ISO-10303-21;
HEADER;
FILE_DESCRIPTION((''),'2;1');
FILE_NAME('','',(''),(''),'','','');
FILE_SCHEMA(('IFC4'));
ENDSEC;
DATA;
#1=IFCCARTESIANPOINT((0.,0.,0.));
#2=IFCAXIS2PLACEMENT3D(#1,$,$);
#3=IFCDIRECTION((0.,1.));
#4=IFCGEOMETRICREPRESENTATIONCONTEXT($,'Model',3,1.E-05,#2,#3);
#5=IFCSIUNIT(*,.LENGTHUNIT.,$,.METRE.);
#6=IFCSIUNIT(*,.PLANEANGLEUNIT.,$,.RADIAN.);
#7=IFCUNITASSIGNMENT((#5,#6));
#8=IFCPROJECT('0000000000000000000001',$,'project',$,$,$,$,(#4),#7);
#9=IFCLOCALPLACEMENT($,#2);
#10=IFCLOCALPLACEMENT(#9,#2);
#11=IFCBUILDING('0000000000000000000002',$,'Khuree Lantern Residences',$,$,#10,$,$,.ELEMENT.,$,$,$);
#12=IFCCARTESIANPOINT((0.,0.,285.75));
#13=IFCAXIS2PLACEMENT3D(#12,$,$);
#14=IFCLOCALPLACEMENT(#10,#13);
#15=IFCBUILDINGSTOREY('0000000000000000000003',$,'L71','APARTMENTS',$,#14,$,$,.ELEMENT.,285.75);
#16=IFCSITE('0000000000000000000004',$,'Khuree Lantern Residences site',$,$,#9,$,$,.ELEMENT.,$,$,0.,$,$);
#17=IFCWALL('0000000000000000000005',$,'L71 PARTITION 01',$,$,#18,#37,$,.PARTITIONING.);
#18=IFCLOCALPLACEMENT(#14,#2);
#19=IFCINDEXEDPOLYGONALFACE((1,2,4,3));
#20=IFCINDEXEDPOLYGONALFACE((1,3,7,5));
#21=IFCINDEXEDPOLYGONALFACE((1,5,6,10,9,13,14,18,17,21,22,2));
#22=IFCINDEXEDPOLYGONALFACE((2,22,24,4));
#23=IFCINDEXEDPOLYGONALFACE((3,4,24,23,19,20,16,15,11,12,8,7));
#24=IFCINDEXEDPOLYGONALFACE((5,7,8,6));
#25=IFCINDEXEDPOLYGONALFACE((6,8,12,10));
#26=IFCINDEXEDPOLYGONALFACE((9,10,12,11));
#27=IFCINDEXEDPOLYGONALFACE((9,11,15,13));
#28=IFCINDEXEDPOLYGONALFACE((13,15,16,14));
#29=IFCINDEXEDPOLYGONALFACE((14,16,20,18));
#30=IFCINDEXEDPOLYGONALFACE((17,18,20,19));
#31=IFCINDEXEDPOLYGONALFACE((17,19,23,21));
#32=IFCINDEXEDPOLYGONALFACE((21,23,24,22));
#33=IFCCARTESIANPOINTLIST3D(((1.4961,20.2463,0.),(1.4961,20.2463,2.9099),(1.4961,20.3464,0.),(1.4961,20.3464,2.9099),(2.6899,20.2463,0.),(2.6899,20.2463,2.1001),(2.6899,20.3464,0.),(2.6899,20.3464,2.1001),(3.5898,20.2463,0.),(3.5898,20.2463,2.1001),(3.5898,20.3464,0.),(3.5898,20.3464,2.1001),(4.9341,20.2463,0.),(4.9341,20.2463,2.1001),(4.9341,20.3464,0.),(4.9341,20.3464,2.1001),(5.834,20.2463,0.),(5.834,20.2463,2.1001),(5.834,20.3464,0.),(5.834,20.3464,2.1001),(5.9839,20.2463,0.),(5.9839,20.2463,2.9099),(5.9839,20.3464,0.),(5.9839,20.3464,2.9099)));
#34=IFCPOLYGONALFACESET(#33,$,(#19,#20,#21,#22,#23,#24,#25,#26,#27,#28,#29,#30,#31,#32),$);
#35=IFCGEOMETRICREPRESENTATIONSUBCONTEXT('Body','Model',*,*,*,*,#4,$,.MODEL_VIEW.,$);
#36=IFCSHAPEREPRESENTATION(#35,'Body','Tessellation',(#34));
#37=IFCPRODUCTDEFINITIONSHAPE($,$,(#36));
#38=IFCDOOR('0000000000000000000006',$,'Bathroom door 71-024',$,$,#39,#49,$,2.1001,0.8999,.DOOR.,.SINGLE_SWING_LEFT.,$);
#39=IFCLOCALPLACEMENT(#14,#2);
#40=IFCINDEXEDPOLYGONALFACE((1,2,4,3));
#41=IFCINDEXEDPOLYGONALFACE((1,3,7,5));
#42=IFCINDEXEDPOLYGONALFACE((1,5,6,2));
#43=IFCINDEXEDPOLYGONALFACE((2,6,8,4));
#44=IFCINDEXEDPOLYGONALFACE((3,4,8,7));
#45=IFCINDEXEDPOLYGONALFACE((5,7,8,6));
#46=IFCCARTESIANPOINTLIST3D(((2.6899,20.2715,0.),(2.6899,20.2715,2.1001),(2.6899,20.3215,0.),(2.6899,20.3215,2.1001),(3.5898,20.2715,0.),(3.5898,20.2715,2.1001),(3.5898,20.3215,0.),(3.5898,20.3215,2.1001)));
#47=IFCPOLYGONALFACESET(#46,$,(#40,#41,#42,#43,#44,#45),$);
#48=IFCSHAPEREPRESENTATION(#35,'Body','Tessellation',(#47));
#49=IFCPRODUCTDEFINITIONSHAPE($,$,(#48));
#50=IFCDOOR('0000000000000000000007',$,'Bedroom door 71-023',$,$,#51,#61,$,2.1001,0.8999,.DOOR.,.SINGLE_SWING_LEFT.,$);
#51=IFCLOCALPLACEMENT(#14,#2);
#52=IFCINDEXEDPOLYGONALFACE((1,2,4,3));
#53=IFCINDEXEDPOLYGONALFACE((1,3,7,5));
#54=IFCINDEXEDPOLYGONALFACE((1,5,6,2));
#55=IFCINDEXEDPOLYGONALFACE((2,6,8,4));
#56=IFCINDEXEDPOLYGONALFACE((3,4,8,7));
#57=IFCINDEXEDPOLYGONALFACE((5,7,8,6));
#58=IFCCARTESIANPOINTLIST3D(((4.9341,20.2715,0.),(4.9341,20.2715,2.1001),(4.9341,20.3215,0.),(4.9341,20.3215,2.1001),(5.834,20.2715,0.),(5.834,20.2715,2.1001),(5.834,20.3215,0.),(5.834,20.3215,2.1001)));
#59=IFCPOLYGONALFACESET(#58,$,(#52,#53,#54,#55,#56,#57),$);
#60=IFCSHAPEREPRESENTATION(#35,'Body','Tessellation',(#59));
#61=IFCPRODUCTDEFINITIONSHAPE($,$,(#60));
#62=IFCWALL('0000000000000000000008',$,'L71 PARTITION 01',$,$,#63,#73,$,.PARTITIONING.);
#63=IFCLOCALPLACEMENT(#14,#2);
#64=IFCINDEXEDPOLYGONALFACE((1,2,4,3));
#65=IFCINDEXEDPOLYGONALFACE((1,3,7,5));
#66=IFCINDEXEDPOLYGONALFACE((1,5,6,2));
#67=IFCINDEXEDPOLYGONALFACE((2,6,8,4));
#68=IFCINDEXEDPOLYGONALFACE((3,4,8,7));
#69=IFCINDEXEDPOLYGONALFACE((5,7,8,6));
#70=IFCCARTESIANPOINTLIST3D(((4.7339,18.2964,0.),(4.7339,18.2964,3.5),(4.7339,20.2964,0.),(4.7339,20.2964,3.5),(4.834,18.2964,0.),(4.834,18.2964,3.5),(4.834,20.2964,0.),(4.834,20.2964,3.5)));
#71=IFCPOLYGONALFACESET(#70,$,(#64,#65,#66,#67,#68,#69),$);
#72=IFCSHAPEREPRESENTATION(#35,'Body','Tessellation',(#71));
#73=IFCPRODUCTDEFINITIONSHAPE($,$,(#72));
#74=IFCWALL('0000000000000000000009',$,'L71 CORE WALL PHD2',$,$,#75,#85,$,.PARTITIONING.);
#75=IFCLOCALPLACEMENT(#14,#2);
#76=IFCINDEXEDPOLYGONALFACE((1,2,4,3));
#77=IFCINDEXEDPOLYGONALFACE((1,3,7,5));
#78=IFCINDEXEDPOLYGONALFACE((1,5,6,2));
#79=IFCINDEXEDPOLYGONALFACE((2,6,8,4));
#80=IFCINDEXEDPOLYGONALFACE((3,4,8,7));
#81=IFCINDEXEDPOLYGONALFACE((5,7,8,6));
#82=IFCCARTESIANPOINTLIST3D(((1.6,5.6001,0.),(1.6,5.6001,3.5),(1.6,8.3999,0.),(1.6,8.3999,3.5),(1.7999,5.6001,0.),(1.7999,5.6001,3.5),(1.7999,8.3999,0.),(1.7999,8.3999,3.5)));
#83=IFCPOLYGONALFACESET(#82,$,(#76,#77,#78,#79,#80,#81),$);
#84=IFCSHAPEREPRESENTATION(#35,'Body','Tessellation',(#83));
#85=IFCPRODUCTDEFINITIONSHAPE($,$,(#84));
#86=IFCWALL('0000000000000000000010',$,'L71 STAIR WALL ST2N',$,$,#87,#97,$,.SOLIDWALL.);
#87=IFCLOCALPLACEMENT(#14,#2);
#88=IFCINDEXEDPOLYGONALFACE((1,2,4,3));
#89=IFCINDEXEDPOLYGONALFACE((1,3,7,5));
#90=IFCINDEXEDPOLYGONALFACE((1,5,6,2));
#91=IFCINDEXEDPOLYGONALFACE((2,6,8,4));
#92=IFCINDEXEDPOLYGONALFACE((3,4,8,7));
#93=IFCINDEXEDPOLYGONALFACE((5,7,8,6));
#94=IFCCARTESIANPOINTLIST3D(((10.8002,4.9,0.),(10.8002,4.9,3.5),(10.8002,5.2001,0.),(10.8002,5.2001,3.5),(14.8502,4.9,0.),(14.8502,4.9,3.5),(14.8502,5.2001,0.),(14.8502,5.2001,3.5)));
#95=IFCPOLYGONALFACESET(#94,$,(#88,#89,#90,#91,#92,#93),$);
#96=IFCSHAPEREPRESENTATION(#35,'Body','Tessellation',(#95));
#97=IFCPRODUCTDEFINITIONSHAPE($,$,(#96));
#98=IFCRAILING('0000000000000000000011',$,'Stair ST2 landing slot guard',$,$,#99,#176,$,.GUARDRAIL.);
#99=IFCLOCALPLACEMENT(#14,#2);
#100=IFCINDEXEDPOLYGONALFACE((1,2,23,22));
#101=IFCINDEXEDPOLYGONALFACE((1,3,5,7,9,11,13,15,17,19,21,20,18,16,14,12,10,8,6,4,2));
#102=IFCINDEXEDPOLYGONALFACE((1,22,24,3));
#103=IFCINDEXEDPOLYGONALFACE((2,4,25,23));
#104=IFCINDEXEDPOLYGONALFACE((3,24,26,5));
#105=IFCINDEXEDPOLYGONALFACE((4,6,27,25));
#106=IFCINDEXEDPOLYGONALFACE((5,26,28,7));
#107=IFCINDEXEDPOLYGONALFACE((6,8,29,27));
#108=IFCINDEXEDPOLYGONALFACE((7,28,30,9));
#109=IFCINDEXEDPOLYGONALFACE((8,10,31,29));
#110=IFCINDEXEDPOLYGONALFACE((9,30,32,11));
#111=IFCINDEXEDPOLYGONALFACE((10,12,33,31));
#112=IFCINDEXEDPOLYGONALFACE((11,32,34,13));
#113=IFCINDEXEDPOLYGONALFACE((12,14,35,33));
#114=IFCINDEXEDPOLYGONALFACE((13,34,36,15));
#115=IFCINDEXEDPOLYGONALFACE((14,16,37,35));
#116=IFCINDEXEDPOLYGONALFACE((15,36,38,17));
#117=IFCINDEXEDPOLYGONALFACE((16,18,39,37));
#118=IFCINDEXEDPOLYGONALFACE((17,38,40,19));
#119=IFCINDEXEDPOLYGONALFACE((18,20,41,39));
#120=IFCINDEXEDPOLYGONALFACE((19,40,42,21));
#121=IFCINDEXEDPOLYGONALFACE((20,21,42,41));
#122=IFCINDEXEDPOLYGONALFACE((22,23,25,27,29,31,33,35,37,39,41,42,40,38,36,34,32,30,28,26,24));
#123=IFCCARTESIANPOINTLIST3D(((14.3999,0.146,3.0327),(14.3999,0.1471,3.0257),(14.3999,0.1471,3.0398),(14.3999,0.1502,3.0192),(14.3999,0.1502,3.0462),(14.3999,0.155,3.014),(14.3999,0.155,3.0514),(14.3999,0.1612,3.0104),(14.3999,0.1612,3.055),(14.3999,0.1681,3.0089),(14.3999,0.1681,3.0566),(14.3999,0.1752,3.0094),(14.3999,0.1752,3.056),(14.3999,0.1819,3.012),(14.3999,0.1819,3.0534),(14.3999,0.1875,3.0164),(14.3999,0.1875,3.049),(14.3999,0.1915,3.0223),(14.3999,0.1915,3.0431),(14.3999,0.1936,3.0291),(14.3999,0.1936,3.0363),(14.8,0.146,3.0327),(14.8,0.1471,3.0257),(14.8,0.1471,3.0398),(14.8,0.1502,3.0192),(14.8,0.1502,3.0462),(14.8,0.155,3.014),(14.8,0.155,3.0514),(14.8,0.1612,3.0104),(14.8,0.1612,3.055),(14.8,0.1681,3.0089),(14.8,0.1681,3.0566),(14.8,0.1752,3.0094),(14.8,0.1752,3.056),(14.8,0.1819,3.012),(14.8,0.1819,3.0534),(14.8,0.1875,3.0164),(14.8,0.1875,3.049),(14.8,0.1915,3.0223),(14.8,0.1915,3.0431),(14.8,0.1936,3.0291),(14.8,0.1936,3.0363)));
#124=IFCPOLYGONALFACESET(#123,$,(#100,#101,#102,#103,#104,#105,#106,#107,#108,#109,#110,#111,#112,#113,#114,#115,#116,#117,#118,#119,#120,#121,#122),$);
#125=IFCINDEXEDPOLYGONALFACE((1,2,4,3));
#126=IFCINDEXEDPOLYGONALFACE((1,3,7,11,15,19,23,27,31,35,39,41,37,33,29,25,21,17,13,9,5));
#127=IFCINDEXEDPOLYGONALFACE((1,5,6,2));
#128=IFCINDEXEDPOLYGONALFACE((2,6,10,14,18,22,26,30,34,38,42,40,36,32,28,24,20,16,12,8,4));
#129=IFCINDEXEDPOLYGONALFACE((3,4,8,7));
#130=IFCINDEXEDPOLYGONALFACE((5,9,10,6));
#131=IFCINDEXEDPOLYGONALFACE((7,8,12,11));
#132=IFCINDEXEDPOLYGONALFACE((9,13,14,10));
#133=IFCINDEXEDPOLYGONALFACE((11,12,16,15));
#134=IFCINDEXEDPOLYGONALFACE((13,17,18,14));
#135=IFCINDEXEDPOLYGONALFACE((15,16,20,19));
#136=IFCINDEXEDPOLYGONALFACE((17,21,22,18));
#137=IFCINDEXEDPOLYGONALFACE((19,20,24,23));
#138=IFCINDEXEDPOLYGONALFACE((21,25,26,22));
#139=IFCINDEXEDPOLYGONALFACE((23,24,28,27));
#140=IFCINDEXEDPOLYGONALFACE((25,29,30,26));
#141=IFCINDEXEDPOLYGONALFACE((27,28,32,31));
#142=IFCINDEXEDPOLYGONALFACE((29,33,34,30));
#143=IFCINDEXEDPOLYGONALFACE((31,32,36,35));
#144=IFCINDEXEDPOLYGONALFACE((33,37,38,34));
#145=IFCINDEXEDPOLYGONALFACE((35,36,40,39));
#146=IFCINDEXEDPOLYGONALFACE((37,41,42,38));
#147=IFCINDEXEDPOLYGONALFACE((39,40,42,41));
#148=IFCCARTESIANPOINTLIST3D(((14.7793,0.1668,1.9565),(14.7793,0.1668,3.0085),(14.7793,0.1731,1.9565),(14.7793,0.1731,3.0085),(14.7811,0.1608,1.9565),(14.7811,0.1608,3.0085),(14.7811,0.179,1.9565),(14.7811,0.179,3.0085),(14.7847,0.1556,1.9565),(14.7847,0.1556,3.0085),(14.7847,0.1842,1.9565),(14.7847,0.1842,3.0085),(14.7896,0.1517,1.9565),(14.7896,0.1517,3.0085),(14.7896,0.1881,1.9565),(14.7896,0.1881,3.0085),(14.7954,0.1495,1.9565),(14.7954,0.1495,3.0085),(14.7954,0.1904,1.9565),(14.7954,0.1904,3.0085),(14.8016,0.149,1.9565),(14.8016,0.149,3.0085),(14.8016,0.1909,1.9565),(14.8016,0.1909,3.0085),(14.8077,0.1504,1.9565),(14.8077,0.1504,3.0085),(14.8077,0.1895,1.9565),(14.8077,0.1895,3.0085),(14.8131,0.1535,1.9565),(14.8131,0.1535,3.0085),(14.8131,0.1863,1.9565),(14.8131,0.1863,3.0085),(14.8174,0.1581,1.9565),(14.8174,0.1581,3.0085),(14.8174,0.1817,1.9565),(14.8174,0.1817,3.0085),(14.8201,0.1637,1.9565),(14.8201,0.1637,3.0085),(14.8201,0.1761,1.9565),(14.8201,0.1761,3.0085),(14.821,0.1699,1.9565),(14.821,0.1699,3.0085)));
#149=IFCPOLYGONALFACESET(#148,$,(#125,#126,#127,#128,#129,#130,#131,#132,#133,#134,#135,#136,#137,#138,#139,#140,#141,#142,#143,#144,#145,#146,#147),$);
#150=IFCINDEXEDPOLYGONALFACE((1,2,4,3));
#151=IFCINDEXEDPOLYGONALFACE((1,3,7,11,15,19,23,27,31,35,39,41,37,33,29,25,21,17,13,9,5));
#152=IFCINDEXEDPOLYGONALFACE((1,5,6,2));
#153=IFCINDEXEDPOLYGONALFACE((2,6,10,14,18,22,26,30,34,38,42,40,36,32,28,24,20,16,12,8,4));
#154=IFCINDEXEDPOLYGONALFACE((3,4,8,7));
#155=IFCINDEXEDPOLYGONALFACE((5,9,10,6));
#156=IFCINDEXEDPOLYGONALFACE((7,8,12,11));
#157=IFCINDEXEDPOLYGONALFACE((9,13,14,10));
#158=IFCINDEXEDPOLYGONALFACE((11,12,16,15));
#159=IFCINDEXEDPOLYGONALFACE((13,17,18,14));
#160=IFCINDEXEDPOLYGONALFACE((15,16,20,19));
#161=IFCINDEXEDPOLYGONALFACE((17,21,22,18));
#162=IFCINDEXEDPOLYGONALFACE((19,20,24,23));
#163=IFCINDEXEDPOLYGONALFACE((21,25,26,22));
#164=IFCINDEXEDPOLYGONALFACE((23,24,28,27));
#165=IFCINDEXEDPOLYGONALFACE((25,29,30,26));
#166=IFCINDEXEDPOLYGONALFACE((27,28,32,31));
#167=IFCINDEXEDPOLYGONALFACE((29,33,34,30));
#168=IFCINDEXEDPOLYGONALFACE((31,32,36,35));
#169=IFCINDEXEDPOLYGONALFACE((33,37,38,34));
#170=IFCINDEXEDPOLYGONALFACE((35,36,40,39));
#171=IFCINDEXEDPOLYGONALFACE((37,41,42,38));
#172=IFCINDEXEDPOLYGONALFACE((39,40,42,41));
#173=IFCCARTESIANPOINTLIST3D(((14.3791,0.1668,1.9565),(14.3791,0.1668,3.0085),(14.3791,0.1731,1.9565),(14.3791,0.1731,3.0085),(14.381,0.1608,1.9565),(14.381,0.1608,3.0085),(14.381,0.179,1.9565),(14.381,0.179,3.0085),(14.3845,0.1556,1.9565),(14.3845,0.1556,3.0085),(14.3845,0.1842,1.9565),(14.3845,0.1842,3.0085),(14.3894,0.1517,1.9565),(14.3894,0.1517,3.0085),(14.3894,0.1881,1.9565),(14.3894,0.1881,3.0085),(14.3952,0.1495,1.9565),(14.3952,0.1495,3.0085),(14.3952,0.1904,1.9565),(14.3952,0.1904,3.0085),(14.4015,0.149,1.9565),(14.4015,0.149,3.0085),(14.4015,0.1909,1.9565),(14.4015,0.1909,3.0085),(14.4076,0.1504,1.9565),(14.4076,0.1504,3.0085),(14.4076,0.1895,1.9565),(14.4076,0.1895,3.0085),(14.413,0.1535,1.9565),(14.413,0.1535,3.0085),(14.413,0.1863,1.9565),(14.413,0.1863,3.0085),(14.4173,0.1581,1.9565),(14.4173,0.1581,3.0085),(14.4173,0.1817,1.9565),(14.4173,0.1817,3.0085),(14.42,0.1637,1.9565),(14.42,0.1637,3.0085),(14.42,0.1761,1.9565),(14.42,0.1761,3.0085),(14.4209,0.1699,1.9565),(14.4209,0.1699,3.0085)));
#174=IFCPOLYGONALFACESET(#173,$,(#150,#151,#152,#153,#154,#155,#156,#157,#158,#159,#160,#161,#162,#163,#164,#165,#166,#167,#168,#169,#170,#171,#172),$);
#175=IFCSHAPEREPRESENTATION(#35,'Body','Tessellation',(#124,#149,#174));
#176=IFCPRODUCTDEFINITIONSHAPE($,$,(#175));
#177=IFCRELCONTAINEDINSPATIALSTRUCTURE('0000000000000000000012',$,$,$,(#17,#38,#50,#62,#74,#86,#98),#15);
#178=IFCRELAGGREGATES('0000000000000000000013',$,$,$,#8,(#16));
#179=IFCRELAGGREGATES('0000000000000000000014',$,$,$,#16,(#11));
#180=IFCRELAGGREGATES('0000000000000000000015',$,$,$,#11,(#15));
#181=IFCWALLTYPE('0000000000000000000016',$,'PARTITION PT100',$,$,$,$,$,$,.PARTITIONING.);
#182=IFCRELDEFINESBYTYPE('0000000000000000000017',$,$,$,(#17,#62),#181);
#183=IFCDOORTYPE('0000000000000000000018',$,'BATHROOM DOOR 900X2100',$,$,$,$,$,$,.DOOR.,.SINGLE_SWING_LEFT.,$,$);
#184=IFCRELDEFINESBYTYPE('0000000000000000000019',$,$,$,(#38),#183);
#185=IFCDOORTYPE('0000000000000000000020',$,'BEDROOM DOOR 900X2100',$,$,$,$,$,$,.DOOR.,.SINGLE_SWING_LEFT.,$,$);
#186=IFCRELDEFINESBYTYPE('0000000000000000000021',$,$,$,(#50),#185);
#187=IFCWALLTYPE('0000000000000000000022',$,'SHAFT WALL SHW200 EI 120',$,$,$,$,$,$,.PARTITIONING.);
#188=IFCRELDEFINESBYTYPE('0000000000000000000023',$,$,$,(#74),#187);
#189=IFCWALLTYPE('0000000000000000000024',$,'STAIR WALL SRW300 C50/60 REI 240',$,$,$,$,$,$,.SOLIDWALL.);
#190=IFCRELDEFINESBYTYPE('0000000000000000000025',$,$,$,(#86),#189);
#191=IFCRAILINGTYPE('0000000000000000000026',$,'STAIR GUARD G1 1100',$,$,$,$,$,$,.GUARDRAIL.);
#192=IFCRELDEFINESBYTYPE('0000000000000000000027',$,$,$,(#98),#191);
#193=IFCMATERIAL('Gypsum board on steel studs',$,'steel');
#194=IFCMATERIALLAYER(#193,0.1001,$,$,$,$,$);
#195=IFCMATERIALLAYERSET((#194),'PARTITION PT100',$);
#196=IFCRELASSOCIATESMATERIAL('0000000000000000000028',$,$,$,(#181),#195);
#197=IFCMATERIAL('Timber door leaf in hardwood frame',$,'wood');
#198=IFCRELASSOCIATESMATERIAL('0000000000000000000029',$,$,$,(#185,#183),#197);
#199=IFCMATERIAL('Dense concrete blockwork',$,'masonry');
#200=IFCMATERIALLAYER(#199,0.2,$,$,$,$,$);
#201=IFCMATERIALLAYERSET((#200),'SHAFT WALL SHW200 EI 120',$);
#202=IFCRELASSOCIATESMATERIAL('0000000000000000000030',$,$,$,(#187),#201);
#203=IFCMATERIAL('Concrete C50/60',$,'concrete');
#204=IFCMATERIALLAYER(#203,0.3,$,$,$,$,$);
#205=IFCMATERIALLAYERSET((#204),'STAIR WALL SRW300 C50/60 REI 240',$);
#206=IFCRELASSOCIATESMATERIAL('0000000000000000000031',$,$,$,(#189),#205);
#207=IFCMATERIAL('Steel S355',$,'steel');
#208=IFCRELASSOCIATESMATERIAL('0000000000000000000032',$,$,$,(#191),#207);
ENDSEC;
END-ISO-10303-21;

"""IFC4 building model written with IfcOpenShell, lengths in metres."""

from ifc_helpers import new_model, si_unit, direction, frame, frame_2d, origin, origin_2d, place, context, subcontext, project, spatial, rectangle, circle, extrude, material, layer, layer_set, type_object, element, fill, save


model = new_model("IFC4")

# Units and contexts
model_context = context("Model", 3, precision=1e-05, world=origin(), true_north=direction((0.0, 1.0)))
body_context = subcontext(model_context, "Body", "Model", "MODEL_VIEW")
ifc_project = project(units=[si_unit("LENGTHUNIT", "METRE"), si_unit("PLANEANGLEUNIT", "RADIAN")], contexts=[model_context])

# Site, building, storey
site_placement = place(None, origin())
site = spatial("IfcSite", under=ifc_project, at=site_placement, Name="Khuree Lantern Residences site", CompositionType="ELEMENT", RefElevation=0.0)
building_placement = place(site_placement, origin())
building = spatial("IfcBuilding", under=site, at=building_placement, Name="Khuree Lantern Residences", CompositionType="ELEMENT")
storey_placement = place(building_placement, frame((0.0, 0.0, 285.75)))
storey = spatial("IfcBuildingStorey", under=building, at=storey_placement, Name="L71", Description="APARTMENTS", CompositionType="ELEMENT", Elevation=285.75)

# Shared definitions
ifc_material_1 = material(Name="Concrete C50/60", Category="concrete")

# Shared definitions
ifc_material_2 = material(Name="Steel S355", Category="steel")

# Shared definitions
ifc_material_3 = material(Name="Dense concrete blockwork", Category="masonry")

# Shared definitions
ifc_material_4 = material(Name="Timber door leaf in hardwood frame", Category="wood")

# Shared definitions
ifc_material_5 = material(Name="Gypsum board on steel studs", Category="steel")
ifc_layer_1 = layer(ifc_material_5, 0.1001)
ifc_layer_set_1 = layer_set([ifc_layer_1], Name="PARTITION PT100")
wall_type_1 = type_object("IfcWallType", Name="PARTITION PT100", PredefinedType="PARTITIONING", material=ifc_layer_set_1)

# Shared definitions
door_type_1 = type_object("IfcDoorType", Name="BEDROOM DOOR 900X2100", OperationType="SINGLE_SWING_LEFT", PredefinedType="DOOR", material=ifc_material_4)

# Wall, openings, doors
wall_1_placement = place(storey_placement, frame((5.9839, 20.2964, 0.0), z_axis=(0.0, 0.0, 1.0), x_axis=(-1.0, 0.0, 0.0)))
wall_1 = element("IfcWall", 1, at=wall_1_placement, inside=storey, type_object=wall_type_1, Name="L71 PARTITION 01", PredefinedType="PARTITIONING", context=body_context, shape_type="SweptSolid", body=[
    extrude(rectangle(XDim=4.4878, YDim=0.1001, at=frame_2d((2.2439, 0.0))), origin(), (0.0, 0.0, 1.0), 2.9099),
])
opening_1_placement = place(wall_1_placement, frame((0.1499, 0.0, 0.0)))
opening_1 = element("IfcOpeningElement", 2, at=opening_1_placement, cuts=wall_1, PredefinedType="OPENING", context=body_context, shape_type="SweptSolid", body=[
    extrude(rectangle(XDim=0.8999, YDim=2.1001, at=frame_2d((0.45, 1.05))), frame((0.0, 0.0601, 0.0), z_axis=(0.0, -1.0, 0.0), x_axis=(1.0, 0.0, 0.0)), (0.0, 0.0, 1.0), 0.1201),
])
opening_2_placement = place(wall_1_placement, frame((2.394, 0.0, 0.0)))
opening_2 = element("IfcOpeningElement", 3, at=opening_2_placement, cuts=wall_1, PredefinedType="OPENING", context=body_context, shape_type="SweptSolid", body=[
    extrude(rectangle(XDim=0.8999, YDim=2.1001, at=frame_2d((0.45, 1.05))), frame((0.0, 0.0601, 0.0), z_axis=(0.0, -1.0, 0.0), x_axis=(1.0, 0.0, 0.0)), (0.0, 0.0, 1.0), 0.1201),
])
door_type_2 = type_object("IfcDoorType", Name="BATHROOM DOOR 900X2100", OperationType="SINGLE_SWING_LEFT", PredefinedType="DOOR", material=ifc_material_4)
door_1_placement = place(opening_2_placement, origin())
door_1 = element("IfcDoor", 4, at=door_1_placement, inside=storey, type_object=door_type_2, Name="Bathroom door 71-024", OperationType="SINGLE_SWING_LEFT", OverallHeight=2.1001, OverallWidth=0.8999, PredefinedType="DOOR", context=body_context, shape_type="SweptSolid", body=[
    extrude(rectangle(XDim=0.8999, YDim=2.1001, at=frame_2d((0.45, 1.05))), frame((0.0, 0.0249, 0.0), z_axis=(0.0, -1.0, 0.0), x_axis=(1.0, 0.0, 0.0)), (0.0, 0.0, 1.0), 0.05),
])
fill(opening_2, door_1)
door_2_placement = place(opening_1_placement, origin())
door_2 = element("IfcDoor", 5, at=door_2_placement, inside=storey, type_object=door_type_1, Name="Bedroom door 71-023", OperationType="SINGLE_SWING_LEFT", OverallHeight=2.1001, OverallWidth=0.8999, PredefinedType="DOOR", context=body_context, shape_type="SweptSolid", body=[
    extrude(rectangle(XDim=0.8999, YDim=2.1001, at=frame_2d((0.45, 1.05))), frame((0.0, 0.0249, 0.0), z_axis=(0.0, -1.0, 0.0), x_axis=(1.0, 0.0, 0.0)), (0.0, 0.0, 1.0), 0.05),
])
fill(opening_1, door_2)

# Walls
wall_2_placement = place(storey_placement, frame((4.7839, 18.2964, 0.0), z_axis=(0.0, 0.0, 1.0), x_axis=(0.0, 1.0, 0.0)))
element("IfcWall", 6, at=wall_2_placement, inside=storey, type_object=wall_type_1, Name="L71 PARTITION 01", PredefinedType="PARTITIONING", context=body_context, shape_type="SweptSolid", body=[
    extrude(rectangle(XDim=2.0, YDim=0.1001, at=frame_2d((1.0, 0.0))), origin(), (0.0, 0.0, 1.0), 3.5),
])
ifc_layer_2 = layer(ifc_material_3, 0.2)
ifc_layer_set_2 = layer_set([ifc_layer_2], Name="SHAFT WALL SHW200 EI 120")
wall_type_2 = type_object("IfcWallType", Name="SHAFT WALL SHW200 EI 120", PredefinedType="PARTITIONING", material=ifc_layer_set_2)
wall_3_placement = place(storey_placement, frame((1.7, 5.6001, 0.0), z_axis=(0.0, 0.0, 1.0), x_axis=(0.0, 1.0, 0.0)))
element("IfcWall", 7, at=wall_3_placement, inside=storey, type_object=wall_type_2, Name="L71 CORE WALL PHD2", PredefinedType="PARTITIONING", context=body_context, shape_type="SweptSolid", body=[
    extrude(rectangle(XDim=2.7998, YDim=0.2, at=frame_2d((1.3999, 0.0))), origin(), (0.0, 0.0, 1.0), 3.5),
])
ifc_layer_3 = layer(ifc_material_1, 0.3)
ifc_layer_set_3 = layer_set([ifc_layer_3], Name="STAIR WALL SRW300 C50/60 REI 240")
wall_type_3 = type_object("IfcWallType", Name="STAIR WALL SRW300 C50/60 REI 240", PredefinedType="SOLIDWALL", material=ifc_layer_set_3)
wall_4_placement = place(storey_placement, frame((14.8501, 5.05, 0.0), z_axis=(0.0, 0.0, 1.0), x_axis=(-1.0, 0.0, 0.0)))
element("IfcWall", 8, at=wall_4_placement, inside=storey, type_object=wall_type_3, Name="L71 STAIR WALL ST2N", PredefinedType="SOLIDWALL", context=body_context, shape_type="SweptSolid", body=[
    extrude(rectangle(XDim=4.05, YDim=0.3, at=frame_2d((2.0249, 0.0))), origin(), (0.0, 0.0, 1.0), 3.5),
])

# Railing
railing_type = type_object("IfcRailingType", Name="STAIR GUARD G1 1100", PredefinedType="GUARDRAIL", material=ifc_material_2)
railing_placement = place(storey_placement, frame((14.8, 0.1699, 1.9565)))
element("IfcRailing", 9, at=railing_placement, inside=storey, type_object=railing_type, Name="Stair ST2 landing slot guard", PredefinedType="GUARDRAIL", context=body_context, shape_type="SweptSolid", body=[
    extrude(circle(Radius=0.0239, at=origin_2d()), frame((0.0, 0.0, 1.0762), z_axis=(-1.0, 0.0, 0.0), x_axis=(0.0, -1.0, 0.0)), (0.0, 0.0, 1.0), 0.4001),
    extrude(circle(Radius=0.021, at=origin_2d()), origin(), (0.0, 0.0, 1.0), 1.052),
    extrude(circle(Radius=0.021, at=origin_2d()), frame((-0.4001, 0.0, 0.0)), (0.0, 0.0, 1.0), 1.052),
])

save(model, "model.ifc")
